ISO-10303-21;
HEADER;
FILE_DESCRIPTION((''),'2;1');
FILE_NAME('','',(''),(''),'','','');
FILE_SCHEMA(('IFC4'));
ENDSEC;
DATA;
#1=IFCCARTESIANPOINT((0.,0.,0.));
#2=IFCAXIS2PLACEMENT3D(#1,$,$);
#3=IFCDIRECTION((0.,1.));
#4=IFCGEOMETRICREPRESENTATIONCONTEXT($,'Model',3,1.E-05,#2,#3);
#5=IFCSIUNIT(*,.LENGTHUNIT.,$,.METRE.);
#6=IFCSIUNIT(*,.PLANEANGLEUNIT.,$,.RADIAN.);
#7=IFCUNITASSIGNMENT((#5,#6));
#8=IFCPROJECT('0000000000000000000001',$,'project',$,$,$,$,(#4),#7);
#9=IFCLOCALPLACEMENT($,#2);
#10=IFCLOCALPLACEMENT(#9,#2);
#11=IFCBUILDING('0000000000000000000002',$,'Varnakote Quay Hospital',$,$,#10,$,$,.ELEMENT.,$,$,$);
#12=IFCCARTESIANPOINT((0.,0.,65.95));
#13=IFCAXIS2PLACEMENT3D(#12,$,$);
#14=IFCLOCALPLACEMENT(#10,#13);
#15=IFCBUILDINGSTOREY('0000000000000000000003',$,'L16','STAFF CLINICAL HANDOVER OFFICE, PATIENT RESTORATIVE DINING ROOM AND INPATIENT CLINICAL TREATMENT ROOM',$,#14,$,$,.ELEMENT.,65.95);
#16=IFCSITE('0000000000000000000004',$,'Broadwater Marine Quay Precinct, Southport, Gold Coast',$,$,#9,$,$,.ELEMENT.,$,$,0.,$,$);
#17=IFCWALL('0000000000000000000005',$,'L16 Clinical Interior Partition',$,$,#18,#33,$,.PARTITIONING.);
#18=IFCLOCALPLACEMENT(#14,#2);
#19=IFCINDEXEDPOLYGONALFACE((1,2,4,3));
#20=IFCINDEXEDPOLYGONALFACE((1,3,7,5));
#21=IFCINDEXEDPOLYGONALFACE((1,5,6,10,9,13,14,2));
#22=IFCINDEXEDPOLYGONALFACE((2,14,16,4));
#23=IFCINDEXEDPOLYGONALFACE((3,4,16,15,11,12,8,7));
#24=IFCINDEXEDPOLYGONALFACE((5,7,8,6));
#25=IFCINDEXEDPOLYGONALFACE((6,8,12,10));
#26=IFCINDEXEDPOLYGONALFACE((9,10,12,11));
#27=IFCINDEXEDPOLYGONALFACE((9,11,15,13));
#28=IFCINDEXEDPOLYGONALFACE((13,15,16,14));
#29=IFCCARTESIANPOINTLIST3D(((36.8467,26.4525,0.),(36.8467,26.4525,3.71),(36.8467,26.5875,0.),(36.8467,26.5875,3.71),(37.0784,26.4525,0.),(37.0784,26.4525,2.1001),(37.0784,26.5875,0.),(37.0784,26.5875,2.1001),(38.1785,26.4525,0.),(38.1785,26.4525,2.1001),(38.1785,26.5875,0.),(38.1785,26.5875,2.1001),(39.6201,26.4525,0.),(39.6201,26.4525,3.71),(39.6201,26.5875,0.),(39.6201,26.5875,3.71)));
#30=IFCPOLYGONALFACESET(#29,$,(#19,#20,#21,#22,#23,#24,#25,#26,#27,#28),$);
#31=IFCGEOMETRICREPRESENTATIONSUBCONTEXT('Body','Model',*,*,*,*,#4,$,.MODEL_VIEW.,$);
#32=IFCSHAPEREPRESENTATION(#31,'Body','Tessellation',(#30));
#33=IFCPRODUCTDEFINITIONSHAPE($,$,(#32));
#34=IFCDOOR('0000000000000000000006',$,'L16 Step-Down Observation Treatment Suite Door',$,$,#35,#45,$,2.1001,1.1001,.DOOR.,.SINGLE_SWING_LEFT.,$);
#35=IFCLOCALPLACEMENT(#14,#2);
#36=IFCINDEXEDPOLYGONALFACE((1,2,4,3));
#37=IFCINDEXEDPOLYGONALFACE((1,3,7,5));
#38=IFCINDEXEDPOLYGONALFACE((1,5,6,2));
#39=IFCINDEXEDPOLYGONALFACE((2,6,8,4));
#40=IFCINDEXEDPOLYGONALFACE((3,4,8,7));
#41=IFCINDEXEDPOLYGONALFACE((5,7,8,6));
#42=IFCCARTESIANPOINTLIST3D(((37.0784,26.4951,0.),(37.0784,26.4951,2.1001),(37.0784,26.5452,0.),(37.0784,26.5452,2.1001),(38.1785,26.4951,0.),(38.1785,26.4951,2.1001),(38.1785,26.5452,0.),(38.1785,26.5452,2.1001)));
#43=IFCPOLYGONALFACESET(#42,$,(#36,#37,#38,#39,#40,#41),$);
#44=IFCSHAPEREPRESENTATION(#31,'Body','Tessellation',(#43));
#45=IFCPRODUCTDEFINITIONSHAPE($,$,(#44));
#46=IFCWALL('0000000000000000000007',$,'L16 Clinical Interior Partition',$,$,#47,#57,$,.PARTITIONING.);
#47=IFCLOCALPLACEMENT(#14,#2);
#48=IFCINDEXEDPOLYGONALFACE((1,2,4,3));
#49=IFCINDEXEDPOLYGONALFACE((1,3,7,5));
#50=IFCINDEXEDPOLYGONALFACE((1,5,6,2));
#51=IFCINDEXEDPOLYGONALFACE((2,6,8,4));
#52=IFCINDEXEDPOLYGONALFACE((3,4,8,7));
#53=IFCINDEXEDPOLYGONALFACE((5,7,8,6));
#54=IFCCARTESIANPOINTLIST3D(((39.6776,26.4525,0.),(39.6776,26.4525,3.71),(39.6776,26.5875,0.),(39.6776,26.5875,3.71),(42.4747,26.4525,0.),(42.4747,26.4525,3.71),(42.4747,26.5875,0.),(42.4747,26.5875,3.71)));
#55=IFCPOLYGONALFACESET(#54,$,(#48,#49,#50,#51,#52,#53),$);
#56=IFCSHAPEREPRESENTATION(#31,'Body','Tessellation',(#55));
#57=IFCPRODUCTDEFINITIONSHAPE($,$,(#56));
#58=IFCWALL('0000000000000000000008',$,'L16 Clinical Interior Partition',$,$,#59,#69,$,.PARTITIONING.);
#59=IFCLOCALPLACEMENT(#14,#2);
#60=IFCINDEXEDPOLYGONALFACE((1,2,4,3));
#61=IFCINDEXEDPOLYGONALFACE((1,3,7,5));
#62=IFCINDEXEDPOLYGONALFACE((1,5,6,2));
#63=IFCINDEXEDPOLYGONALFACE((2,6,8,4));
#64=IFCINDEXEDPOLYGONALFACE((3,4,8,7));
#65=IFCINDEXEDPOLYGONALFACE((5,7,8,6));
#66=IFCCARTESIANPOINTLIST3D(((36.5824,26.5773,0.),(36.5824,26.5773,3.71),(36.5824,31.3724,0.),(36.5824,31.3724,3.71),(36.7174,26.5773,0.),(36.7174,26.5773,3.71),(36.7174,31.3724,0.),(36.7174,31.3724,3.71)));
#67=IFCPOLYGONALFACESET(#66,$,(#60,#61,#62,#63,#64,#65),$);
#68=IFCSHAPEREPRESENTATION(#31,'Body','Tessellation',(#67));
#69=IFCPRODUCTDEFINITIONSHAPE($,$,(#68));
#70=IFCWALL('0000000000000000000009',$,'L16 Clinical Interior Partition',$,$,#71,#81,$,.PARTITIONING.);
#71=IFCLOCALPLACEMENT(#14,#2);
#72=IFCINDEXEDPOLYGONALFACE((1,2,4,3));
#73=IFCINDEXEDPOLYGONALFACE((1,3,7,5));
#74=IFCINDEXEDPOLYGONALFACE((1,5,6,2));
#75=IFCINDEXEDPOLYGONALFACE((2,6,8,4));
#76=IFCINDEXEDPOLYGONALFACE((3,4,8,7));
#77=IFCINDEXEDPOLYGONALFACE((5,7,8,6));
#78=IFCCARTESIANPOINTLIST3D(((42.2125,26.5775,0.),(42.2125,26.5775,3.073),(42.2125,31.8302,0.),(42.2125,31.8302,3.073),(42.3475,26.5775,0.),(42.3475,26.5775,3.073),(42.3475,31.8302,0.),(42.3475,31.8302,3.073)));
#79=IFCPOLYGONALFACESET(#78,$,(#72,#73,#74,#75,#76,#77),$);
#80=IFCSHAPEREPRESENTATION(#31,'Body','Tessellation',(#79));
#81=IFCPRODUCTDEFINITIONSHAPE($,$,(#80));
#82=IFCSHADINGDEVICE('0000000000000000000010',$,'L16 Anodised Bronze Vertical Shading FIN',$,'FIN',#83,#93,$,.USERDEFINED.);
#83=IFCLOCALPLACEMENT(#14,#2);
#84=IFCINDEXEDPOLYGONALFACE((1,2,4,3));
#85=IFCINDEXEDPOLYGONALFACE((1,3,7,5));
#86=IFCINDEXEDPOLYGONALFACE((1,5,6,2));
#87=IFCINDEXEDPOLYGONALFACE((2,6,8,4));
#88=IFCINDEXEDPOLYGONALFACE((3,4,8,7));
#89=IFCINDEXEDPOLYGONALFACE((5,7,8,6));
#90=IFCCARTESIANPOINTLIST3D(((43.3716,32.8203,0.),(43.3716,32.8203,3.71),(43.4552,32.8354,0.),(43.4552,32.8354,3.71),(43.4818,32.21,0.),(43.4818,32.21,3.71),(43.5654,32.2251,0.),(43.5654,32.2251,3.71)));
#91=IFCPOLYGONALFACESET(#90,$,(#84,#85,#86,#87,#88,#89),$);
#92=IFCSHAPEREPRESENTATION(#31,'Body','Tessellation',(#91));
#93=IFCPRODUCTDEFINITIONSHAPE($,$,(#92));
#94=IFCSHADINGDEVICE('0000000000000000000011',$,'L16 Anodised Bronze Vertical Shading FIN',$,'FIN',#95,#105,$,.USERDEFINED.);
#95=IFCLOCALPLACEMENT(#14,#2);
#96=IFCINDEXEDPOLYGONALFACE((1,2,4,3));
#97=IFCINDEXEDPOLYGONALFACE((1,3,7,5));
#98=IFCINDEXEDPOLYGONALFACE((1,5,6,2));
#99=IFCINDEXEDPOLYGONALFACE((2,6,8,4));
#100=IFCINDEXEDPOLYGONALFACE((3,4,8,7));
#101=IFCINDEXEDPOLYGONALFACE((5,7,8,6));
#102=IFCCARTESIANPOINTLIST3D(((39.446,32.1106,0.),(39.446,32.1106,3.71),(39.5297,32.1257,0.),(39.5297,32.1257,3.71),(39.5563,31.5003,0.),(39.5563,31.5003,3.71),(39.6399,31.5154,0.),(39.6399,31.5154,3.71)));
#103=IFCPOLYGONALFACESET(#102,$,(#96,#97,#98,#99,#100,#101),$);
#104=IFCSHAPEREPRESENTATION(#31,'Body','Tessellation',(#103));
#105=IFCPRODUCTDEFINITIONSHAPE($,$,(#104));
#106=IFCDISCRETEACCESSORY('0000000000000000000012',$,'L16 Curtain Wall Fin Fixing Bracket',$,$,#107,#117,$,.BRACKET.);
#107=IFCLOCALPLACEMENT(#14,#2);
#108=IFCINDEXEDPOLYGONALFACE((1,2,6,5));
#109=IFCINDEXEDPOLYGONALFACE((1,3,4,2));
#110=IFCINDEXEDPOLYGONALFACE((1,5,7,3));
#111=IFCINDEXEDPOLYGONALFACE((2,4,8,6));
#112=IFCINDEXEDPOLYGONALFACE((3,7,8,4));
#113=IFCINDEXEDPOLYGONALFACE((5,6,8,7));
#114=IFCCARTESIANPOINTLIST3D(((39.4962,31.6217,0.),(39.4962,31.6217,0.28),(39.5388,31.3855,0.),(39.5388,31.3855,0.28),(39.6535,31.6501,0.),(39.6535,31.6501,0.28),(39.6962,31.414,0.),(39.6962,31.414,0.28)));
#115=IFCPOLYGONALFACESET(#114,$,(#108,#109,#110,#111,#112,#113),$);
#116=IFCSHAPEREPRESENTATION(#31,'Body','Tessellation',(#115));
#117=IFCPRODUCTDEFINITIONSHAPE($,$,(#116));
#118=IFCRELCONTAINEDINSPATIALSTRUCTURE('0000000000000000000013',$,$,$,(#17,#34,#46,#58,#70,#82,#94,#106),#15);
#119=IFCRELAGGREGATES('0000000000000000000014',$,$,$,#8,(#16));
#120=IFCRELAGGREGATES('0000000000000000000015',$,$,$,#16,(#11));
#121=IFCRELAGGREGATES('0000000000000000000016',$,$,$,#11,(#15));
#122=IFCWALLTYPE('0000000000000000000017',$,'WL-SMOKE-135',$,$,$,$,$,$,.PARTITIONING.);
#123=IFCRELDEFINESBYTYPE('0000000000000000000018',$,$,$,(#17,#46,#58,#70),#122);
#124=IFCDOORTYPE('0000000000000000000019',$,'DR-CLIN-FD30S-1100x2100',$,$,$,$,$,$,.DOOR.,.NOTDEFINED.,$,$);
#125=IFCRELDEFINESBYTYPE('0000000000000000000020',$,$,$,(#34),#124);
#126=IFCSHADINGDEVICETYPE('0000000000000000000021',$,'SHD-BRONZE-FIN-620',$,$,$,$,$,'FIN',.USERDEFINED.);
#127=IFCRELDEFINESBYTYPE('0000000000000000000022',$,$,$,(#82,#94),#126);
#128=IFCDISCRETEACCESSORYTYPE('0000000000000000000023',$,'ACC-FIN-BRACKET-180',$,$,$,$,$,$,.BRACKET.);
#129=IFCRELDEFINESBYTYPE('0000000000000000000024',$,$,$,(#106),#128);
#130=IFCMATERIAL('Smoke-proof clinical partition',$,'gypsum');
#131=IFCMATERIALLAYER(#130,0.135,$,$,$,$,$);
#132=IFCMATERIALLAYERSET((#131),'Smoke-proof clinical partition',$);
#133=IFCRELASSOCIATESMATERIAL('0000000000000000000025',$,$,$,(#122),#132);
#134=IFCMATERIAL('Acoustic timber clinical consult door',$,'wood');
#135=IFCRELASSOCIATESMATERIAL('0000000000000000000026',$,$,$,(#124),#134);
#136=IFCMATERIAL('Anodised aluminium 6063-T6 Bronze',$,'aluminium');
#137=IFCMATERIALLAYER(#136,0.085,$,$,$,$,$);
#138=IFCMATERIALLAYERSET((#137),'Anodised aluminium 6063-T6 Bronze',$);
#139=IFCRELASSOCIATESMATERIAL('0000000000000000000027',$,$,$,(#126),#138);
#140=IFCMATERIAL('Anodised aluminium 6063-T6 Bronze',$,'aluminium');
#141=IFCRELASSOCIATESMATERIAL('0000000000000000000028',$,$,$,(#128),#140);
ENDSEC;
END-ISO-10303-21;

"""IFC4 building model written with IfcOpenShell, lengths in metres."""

from ifc_helpers import new_model, si_unit, direction, frame, frame_2d, origin, origin_2d, place, context, subcontext, project, spatial, rectangle, extrude, material, layer, layer_set, type_object, element, fill, save


model = new_model("IFC4")

# Units and contexts
model_context = context("Model", 3, precision=1e-05, world=origin(), true_north=direction((0.0, 1.0)))
body_context = subcontext(model_context, "Body", "Model", "MODEL_VIEW")
ifc_project = project(units=[si_unit("LENGTHUNIT", "METRE"), si_unit("PLANEANGLEUNIT", "RADIAN")], contexts=[model_context])

# Site, building, storey
site_placement = place(None, origin())
site = spatial("IfcSite", under=ifc_project, at=site_placement, Name="Broadwater Marine Quay Precinct, Southport, Gold Coast", CompositionType="ELEMENT", RefElevation=0.0)
building_placement = place(site_placement, origin())
building = spatial("IfcBuilding", under=site, at=building_placement, Name="Varnakote Quay Hospital", CompositionType="ELEMENT")
storey_placement = place(building_placement, frame((0.0, 0.0, 65.95)))
storey = spatial("IfcBuildingStorey", under=building, at=storey_placement, Name="L16", Description="STAFF CLINICAL HANDOVER OFFICE, PATIENT RESTORATIVE DINING ROOM AND INPATIENT CLINICAL TREATMENT ROOM", CompositionType="ELEMENT", Elevation=65.95)

# Shared definitions
ifc_material_1 = material(Name="Smoke-proof clinical partition", Category="gypsum")
ifc_layer_1 = layer(ifc_material_1, 0.135)
ifc_layer_set_1 = layer_set([ifc_layer_1], Name="Smoke-proof clinical partition")
wall_type_1 = type_object("IfcWallType", Name="WL-SMOKE-135", PredefinedType="PARTITIONING", material=ifc_layer_set_1)

# Shared definitions
ifc_material_2 = material(Name="Acoustic timber clinical consult door", Category="wood")
door_type = type_object("IfcDoorType", Name="DR-CLIN-FD30S-1100x2100", OperationType="NOTDEFINED", PredefinedType="DOOR", material=ifc_material_2)

# Wall, opening, door
wall_1_placement = place(storey_placement, frame((39.6201, 26.52, 0.0), z_axis=(0.0, 0.0, 1.0), x_axis=(-1.0, 0.0, 0.0)))
wall_1 = element("IfcWall", 1, at=wall_1_placement, inside=storey, type_object=wall_type_1, Name="L16 Clinical Interior Partition", PredefinedType="PARTITIONING", context=body_context, shape_type="SweptSolid", body=[
    extrude(rectangle(XDim=2.7734, YDim=0.135, at=frame_2d((1.3867, 0.0))), origin(), (0.0, 0.0, 1.0), 3.71),
])
opening_1_placement = place(wall_1_placement, frame((1.4417, 0.0, 0.0)))
opening_1 = element("IfcOpeningElement", 2, at=opening_1_placement, cuts=wall_1, PredefinedType="OPENING", context=body_context, shape_type="SweptSolid", body=[
    extrude(rectangle(XDim=1.1001, YDim=2.1001, at=frame_2d((0.55, 1.05))), frame((0.0, 0.0774, 0.0), z_axis=(0.0, -1.0, 0.0), x_axis=(1.0, 0.0, 0.0)), (0.0, 0.0, 1.0), 0.155),
])
door_1_placement = place(opening_1_placement, origin())
door_1 = element("IfcDoor", 3, at=door_1_placement, inside=storey, type_object=door_type, Name="L16 Step-Down Observation Treatment Suite Door", OperationType="SINGLE_SWING_LEFT", OverallHeight=2.1001, OverallWidth=1.1001, PredefinedType="DOOR", context=body_context, shape_type="SweptSolid", body=[
    extrude(rectangle(XDim=1.1001, YDim=2.1001, at=frame_2d((0.55, 1.05))), frame((0.0, 0.0249, 0.0), z_axis=(0.0, -1.0, 0.0), x_axis=(1.0, 0.0, 0.0)), (0.0, 0.0, 1.0), 0.05),
])
fill(opening_1, door_1)

# Walls
wall_2_placement = place(storey_placement, frame((42.4746, 26.52, 0.0), z_axis=(0.0, 0.0, 1.0), x_axis=(-1.0, 0.0, 0.0)))
element("IfcWall", 4, at=wall_2_placement, inside=storey, type_object=wall_type_1, Name="L16 Clinical Interior Partition", PredefinedType="PARTITIONING", context=body_context, shape_type="SweptSolid", body=[
    extrude(rectangle(XDim=2.7971, YDim=0.135, at=frame_2d((1.3984, 0.0))), origin(), (0.0, 0.0, 1.0), 3.71),
])
wall_3_placement = place(storey_placement, frame((36.6499, 26.5774, 0.0), z_axis=(0.0, 0.0, 1.0), x_axis=(0.0, 1.0, 0.0)))
element("IfcWall", 5, at=wall_3_placement, inside=storey, type_object=wall_type_1, Name="L16 Clinical Interior Partition", PredefinedType="PARTITIONING", context=body_context, shape_type="SweptSolid", body=[
    extrude(rectangle(XDim=4.7952, YDim=0.135, at=frame_2d((2.3975, 0.0))), origin(), (0.0, 0.0, 1.0), 3.71),
])
wall_4_placement = place(storey_placement, frame((42.28, 26.5774, 0.0), z_axis=(0.0, 0.0, 1.0), x_axis=(0.0, 1.0, 0.0)))
element("IfcWall", 6, at=wall_4_placement, inside=storey, type_object=wall_type_1, Name="L16 Clinical Interior Partition", PredefinedType="PARTITIONING", context=body_context, shape_type="SweptSolid", body=[
    extrude(rectangle(XDim=5.2527, YDim=0.135, at=frame_2d((2.6265, 0.0))), origin(), (0.0, 0.0, 1.0), 3.073),
])

# Shading devices
ifc_material_3 = material(Name="Anodised aluminium 6063-T6 Bronze", Category="aluminium")
ifc_layer_2 = layer(ifc_material_3, 0.085)
ifc_layer_set_2 = layer_set([ifc_layer_2], Name="Anodised aluminium 6063-T6 Bronze")
shading_device_type = type_object("IfcShadingDeviceType", Name="SHD-BRONZE-FIN-620", ElementType="FIN", PredefinedType="USERDEFINED", material=ifc_layer_set_2)
for number, where, z_axis, x_axis, name in (
    (7, (43.4685, 32.5227, 0.0), (0.0, 0.0, 1.0), (0.177772, -0.984072, 0.0), "L16 Anodised Bronze Vertical Shading FIN"),
    (8, (39.543, 31.813, 0.0), (0.0, 0.0, 1.0), (0.177772, -0.984072, 0.0), "L16 Anodised Bronze Vertical Shading FIN"),
):
    element("IfcShadingDevice", number, at=place(storey_placement, frame(where, z_axis=z_axis, x_axis=x_axis)), inside=storey, type_object=shading_device_type, Name=name, ObjectType="FIN", PredefinedType="USERDEFINED", context=body_context, shape_type="SweptSolid", body=[
        extrude(rectangle(XDim=0.6201, YDim=0.085, at=origin_2d()), origin(), (0.0, 0.0, 1.0), 3.71),
    ])

# Discrete accessory
ifc_material_4 = material(Name="Anodised aluminium 6063-T6 Bronze", Category="aluminium")
discrete_accessory_type = type_object("IfcDiscreteAccessoryType", Name="ACC-FIN-BRACKET-180", PredefinedType="BRACKET", material=ifc_material_4)
discrete_accessory_placement = place(storey_placement, frame((39.5962, 31.5178, 0.0), z_axis=(0.0, 0.0, 1.0), x_axis=(-0.984072, -0.177772, 0.0)))
element("IfcDiscreteAccessory", 9, at=discrete_accessory_placement, inside=storey, type_object=discrete_accessory_type, Name="L16 Curtain Wall Fin Fixing Bracket", PredefinedType="BRACKET", context=body_context, shape_type="SweptSolid", body=[
    extrude(rectangle(XDim=0.1599, YDim=0.24, at=origin_2d()), origin(), (0.0, 0.0, 1.0), 0.28),
])

save(model, "model.ifc")
